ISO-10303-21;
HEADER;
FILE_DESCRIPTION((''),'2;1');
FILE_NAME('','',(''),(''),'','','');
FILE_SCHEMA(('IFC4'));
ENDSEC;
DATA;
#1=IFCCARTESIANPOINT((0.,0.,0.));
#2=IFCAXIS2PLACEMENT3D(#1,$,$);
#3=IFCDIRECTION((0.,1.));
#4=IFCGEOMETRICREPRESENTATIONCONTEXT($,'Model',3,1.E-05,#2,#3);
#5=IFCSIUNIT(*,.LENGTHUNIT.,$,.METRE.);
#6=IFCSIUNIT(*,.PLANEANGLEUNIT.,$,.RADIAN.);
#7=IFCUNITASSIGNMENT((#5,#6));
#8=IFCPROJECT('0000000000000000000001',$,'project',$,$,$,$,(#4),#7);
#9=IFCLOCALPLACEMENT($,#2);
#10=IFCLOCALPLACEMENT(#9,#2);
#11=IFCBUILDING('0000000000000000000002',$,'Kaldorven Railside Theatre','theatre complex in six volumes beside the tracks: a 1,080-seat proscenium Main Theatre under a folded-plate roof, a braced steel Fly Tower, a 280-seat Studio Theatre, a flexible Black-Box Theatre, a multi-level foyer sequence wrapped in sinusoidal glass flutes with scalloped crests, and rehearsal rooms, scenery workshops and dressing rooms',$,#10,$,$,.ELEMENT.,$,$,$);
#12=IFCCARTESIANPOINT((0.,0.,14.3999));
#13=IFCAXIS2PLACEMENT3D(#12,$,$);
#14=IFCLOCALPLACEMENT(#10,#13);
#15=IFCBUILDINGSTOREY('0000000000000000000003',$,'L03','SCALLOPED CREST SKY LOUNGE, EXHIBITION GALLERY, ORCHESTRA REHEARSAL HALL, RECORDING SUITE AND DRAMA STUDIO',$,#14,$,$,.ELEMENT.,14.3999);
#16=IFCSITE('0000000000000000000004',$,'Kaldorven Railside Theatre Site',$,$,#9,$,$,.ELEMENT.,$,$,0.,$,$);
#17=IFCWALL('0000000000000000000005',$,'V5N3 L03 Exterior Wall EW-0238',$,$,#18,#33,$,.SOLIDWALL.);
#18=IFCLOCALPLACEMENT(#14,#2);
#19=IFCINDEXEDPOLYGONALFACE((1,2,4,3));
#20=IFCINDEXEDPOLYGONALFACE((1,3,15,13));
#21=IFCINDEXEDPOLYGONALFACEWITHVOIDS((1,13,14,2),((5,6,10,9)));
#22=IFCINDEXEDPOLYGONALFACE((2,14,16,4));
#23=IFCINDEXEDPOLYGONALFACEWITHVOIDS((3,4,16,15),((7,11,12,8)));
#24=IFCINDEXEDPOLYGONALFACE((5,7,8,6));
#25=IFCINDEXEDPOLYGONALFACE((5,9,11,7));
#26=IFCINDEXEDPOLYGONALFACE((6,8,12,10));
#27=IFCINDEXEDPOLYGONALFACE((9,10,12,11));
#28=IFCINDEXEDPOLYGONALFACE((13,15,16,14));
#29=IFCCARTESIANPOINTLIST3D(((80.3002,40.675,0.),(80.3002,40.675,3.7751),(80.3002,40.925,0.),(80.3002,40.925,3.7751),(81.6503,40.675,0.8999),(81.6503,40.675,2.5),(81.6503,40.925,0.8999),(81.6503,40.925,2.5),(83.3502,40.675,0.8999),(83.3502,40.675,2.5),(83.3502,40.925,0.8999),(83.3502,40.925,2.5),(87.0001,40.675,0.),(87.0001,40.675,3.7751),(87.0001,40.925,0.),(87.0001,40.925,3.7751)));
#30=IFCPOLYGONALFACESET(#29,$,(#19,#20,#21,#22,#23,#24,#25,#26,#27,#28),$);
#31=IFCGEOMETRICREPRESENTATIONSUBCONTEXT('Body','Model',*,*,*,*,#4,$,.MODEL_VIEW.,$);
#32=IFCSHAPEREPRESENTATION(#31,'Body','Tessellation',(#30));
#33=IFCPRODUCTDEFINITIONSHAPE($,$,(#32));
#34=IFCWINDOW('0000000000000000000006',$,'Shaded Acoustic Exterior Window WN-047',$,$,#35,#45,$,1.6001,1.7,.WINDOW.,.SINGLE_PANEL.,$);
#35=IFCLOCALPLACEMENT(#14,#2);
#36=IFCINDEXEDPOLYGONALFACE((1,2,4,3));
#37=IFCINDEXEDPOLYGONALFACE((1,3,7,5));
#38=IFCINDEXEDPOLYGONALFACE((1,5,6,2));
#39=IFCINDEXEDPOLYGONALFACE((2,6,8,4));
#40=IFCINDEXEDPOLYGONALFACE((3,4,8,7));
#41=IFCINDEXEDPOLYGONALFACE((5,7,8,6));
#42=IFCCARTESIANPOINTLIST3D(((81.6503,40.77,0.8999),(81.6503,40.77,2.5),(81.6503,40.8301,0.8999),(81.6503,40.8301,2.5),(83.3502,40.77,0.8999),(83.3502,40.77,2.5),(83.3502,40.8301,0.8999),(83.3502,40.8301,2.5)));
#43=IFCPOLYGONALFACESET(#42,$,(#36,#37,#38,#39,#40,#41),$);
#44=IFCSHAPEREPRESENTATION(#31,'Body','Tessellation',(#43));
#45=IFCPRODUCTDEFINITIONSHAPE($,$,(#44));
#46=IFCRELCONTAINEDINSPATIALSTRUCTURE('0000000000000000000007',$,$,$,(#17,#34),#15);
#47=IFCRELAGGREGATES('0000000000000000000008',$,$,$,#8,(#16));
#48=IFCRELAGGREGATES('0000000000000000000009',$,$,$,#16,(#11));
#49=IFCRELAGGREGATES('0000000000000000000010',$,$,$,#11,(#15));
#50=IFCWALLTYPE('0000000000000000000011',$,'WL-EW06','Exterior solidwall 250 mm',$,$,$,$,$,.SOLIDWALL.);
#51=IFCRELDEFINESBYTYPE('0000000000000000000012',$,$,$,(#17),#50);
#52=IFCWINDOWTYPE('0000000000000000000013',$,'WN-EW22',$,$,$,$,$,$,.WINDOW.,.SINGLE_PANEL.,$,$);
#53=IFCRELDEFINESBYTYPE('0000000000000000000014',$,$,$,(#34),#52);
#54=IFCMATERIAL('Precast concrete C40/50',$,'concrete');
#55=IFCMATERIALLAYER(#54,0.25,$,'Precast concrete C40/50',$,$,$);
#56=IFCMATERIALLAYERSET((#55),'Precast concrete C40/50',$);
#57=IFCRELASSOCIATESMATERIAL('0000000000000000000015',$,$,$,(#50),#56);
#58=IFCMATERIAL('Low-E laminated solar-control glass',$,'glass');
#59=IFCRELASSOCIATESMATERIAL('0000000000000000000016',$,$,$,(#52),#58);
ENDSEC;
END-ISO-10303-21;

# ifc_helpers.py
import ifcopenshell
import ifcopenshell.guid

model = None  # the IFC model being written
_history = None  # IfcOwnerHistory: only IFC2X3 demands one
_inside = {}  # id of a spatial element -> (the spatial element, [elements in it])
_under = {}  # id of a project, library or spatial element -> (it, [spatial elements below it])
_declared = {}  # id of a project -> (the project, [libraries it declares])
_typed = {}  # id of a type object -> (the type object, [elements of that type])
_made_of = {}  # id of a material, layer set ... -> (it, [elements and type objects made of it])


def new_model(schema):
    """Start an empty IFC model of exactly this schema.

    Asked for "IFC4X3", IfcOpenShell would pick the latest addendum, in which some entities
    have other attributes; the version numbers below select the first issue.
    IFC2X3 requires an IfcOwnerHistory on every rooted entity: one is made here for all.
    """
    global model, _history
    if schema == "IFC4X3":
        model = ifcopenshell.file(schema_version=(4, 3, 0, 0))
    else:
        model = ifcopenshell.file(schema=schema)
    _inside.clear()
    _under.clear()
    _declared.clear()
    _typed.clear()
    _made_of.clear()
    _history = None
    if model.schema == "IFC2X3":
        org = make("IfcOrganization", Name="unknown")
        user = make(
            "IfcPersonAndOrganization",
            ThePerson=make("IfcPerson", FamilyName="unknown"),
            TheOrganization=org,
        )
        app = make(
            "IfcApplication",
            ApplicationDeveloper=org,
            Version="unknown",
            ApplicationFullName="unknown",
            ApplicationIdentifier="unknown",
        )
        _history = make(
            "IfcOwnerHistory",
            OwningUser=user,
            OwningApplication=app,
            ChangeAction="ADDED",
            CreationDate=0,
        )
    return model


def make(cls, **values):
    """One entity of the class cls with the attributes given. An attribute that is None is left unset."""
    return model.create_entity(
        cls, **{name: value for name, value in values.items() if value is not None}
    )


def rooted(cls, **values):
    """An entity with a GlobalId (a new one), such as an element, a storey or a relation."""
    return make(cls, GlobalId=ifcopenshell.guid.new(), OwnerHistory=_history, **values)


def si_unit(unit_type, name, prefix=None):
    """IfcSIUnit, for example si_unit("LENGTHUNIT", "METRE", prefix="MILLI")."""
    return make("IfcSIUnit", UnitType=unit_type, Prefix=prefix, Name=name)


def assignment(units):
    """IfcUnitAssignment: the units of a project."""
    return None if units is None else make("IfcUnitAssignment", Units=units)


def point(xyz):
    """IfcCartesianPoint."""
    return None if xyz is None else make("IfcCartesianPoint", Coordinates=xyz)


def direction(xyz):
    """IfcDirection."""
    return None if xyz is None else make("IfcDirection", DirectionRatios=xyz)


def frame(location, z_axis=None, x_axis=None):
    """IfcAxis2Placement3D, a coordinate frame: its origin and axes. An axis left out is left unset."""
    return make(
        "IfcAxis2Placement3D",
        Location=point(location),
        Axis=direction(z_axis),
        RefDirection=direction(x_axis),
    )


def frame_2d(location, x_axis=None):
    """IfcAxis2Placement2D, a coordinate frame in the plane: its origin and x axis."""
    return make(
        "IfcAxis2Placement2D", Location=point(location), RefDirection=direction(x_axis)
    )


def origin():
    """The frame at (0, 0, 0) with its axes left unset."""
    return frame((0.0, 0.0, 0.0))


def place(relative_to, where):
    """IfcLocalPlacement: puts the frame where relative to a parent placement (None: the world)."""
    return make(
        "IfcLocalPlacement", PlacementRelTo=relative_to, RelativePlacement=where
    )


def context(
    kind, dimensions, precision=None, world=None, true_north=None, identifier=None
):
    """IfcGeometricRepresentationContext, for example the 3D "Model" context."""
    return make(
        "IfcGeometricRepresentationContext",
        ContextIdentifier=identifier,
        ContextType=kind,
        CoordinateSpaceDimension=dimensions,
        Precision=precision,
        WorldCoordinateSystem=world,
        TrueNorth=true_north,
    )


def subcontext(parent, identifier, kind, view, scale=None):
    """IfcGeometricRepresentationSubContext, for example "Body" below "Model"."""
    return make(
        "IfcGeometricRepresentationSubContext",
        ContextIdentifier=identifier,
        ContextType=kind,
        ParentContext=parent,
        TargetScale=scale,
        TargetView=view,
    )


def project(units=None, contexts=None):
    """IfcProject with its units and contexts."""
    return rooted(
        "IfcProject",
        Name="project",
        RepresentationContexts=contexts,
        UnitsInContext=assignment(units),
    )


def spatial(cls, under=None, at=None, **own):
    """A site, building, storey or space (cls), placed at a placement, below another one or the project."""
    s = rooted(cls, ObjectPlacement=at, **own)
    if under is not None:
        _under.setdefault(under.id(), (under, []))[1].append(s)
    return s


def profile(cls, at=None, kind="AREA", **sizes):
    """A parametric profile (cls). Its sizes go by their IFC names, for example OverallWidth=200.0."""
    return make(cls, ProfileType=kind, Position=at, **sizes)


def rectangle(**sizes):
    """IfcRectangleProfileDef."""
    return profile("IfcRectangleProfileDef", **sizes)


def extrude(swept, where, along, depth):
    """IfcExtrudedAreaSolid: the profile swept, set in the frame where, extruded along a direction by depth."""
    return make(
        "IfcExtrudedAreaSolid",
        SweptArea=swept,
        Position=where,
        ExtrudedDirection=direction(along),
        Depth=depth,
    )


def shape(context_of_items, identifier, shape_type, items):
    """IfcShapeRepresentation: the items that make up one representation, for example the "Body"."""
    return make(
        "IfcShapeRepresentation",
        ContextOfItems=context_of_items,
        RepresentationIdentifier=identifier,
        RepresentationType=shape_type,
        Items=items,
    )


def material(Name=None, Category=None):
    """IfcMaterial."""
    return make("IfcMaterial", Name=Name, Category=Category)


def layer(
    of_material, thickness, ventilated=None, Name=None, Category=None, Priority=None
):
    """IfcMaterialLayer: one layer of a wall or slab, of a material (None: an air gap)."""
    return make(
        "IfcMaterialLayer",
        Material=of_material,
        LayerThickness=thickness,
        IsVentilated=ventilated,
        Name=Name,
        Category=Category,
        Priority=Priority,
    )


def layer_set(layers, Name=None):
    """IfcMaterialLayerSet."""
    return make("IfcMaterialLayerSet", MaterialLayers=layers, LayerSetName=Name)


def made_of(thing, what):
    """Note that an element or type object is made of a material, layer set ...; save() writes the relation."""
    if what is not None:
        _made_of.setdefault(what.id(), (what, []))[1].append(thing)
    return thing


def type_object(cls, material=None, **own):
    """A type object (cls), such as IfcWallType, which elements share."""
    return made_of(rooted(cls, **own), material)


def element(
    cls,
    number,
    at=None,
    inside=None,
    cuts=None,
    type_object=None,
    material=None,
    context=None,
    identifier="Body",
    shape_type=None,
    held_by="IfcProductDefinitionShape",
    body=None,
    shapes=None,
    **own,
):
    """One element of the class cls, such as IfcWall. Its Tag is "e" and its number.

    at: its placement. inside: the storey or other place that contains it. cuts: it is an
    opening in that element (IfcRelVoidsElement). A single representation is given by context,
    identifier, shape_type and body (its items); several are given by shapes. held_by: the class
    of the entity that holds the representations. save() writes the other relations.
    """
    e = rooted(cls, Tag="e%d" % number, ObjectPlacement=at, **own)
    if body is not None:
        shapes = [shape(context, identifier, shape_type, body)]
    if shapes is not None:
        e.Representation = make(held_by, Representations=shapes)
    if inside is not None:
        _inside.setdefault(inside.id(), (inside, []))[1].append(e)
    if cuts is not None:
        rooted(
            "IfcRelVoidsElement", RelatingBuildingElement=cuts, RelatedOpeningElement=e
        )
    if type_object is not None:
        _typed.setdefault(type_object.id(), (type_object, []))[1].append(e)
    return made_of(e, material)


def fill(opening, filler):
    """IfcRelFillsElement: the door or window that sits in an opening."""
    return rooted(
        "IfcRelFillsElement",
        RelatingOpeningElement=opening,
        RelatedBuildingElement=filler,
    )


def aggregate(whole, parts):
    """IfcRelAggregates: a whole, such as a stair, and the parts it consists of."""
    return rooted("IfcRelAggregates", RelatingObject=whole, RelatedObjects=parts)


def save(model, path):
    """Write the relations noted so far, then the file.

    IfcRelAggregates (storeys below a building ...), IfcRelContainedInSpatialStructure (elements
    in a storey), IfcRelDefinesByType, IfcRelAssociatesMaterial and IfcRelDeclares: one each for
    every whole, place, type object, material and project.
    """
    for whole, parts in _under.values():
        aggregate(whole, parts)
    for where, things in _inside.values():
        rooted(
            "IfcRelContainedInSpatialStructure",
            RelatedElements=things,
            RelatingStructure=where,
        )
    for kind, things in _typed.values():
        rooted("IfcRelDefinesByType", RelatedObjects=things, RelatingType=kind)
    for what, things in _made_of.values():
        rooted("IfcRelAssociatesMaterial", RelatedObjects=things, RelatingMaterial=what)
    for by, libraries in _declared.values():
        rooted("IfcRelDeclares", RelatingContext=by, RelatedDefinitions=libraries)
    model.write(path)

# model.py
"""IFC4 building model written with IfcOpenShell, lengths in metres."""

from ifc_helpers import new_model, si_unit, direction, frame, frame_2d, origin, place, context, subcontext, project, spatial, rectangle, extrude, material, layer, layer_set, type_object, element, fill, save


model = new_model("IFC4")

# Units and contexts
model_context = context("Model", 3, precision=1e-05, world=origin(), true_north=direction((0.0, 1.0)))
body_context = subcontext(model_context, "Body", "Model", "MODEL_VIEW")
ifc_project = project(units=[si_unit("LENGTHUNIT", "METRE"), si_unit("PLANEANGLEUNIT", "RADIAN")], contexts=[model_context])

# Site, building, storey
site_placement = place(None, origin())
site = spatial("IfcSite", under=ifc_project, at=site_placement, Name="Kaldorven Railside Theatre Site", CompositionType="ELEMENT", RefElevation=0.0)
building_placement = place(site_placement, origin())
building = spatial("IfcBuilding", under=site, at=building_placement, Name="Kaldorven Railside Theatre", Description="theatre complex in six volumes beside the tracks: a 1,080-seat proscenium Main Theatre under a folded-plate roof, a braced steel Fly Tower, a 280-seat Studio Theatre, a flexible Black-Box Theatre, a multi-level foyer sequence wrapped in sinusoidal glass flutes with scalloped crests, and rehearsal rooms, scenery workshops and dressing rooms", CompositionType="ELEMENT")
storey_placement = place(building_placement, frame((0.0, 0.0, 14.3999)))
storey = spatial("IfcBuildingStorey", under=building, at=storey_placement, Name="L03", Description="SCALLOPED CREST SKY LOUNGE, EXHIBITION GALLERY, ORCHESTRA REHEARSAL HALL, RECORDING SUITE AND DRAMA STUDIO", CompositionType="ELEMENT", Elevation=14.3999)

# Wall, opening, window
ifc_material_1 = material(Name="Precast concrete C40/50", Category="concrete")
ifc_layer = layer(ifc_material_1, 0.25, Name="Precast concrete C40/50")
ifc_layer_set = layer_set([ifc_layer], Name="Precast concrete C40/50")
wall_type = type_object("IfcWallType", Name="WL-EW06", Description="Exterior solidwall 250 mm", PredefinedType="SOLIDWALL", material=ifc_layer_set)
ifc_material_2 = material(Name="Low-E laminated solar-control glass", Category="glass")
wall_1_placement = place(storey_placement, frame((80.3, 40.8, 0.0), z_axis=(0.0, 0.0, 1.0), x_axis=(1.0, 0.0, 0.0)))
wall_1 = element("IfcWall", 1, at=wall_1_placement, inside=storey, type_object=wall_type, Name="V5N3 L03 Exterior Wall EW-0238", PredefinedType="SOLIDWALL", context=body_context, shape_type="SweptSolid", body=[
    extrude(rectangle(XDim=6.7, YDim=0.25, at=frame_2d((3.3501, 0.0))), origin(), (0.0, 0.0, 1.0), 3.7751),
])
opening_1_placement = place(wall_1_placement, frame((1.3501, 0.0, 0.8999)))
opening_1 = element("IfcOpeningElement", 2, at=opening_1_placement, cuts=wall_1, PredefinedType="OPENING", context=body_context, shape_type="SweptSolid", body=[
    extrude(rectangle(XDim=1.7, YDim=1.6001, at=frame_2d((0.8501, 0.8))), frame((0.0, 0.135, 0.0), z_axis=(0.0, -1.0, 0.0), x_axis=(1.0, 0.0, 0.0)), (0.0, 0.0, 1.0), 0.27),
])
window_type_1 = type_object("IfcWindowType", Name="WN-EW22", PartitioningType="SINGLE_PANEL", PredefinedType="WINDOW", material=ifc_material_2)
window_1_placement = place(opening_1_placement, origin())
window_1 = element("IfcWindow", 3, at=window_1_placement, inside=storey, type_object=window_type_1, Name="Shaded Acoustic Exterior Window WN-047", OverallHeight=1.6001, OverallWidth=1.7, PartitioningType="SINGLE_PANEL", PredefinedType="WINDOW", context=body_context, shape_type="SweptSolid", body=[
    extrude(rectangle(XDim=1.7, YDim=1.6001, at=frame_2d((0.8501, 0.8))), frame((0.0, 0.03, 0.0), z_axis=(0.0, -1.0, 0.0), x_axis=(1.0, 0.0, 0.0)), (0.0, 0.0, 1.0), 0.0601),
])
fill(opening_1, window_1)

save(model, "model.ifc")
